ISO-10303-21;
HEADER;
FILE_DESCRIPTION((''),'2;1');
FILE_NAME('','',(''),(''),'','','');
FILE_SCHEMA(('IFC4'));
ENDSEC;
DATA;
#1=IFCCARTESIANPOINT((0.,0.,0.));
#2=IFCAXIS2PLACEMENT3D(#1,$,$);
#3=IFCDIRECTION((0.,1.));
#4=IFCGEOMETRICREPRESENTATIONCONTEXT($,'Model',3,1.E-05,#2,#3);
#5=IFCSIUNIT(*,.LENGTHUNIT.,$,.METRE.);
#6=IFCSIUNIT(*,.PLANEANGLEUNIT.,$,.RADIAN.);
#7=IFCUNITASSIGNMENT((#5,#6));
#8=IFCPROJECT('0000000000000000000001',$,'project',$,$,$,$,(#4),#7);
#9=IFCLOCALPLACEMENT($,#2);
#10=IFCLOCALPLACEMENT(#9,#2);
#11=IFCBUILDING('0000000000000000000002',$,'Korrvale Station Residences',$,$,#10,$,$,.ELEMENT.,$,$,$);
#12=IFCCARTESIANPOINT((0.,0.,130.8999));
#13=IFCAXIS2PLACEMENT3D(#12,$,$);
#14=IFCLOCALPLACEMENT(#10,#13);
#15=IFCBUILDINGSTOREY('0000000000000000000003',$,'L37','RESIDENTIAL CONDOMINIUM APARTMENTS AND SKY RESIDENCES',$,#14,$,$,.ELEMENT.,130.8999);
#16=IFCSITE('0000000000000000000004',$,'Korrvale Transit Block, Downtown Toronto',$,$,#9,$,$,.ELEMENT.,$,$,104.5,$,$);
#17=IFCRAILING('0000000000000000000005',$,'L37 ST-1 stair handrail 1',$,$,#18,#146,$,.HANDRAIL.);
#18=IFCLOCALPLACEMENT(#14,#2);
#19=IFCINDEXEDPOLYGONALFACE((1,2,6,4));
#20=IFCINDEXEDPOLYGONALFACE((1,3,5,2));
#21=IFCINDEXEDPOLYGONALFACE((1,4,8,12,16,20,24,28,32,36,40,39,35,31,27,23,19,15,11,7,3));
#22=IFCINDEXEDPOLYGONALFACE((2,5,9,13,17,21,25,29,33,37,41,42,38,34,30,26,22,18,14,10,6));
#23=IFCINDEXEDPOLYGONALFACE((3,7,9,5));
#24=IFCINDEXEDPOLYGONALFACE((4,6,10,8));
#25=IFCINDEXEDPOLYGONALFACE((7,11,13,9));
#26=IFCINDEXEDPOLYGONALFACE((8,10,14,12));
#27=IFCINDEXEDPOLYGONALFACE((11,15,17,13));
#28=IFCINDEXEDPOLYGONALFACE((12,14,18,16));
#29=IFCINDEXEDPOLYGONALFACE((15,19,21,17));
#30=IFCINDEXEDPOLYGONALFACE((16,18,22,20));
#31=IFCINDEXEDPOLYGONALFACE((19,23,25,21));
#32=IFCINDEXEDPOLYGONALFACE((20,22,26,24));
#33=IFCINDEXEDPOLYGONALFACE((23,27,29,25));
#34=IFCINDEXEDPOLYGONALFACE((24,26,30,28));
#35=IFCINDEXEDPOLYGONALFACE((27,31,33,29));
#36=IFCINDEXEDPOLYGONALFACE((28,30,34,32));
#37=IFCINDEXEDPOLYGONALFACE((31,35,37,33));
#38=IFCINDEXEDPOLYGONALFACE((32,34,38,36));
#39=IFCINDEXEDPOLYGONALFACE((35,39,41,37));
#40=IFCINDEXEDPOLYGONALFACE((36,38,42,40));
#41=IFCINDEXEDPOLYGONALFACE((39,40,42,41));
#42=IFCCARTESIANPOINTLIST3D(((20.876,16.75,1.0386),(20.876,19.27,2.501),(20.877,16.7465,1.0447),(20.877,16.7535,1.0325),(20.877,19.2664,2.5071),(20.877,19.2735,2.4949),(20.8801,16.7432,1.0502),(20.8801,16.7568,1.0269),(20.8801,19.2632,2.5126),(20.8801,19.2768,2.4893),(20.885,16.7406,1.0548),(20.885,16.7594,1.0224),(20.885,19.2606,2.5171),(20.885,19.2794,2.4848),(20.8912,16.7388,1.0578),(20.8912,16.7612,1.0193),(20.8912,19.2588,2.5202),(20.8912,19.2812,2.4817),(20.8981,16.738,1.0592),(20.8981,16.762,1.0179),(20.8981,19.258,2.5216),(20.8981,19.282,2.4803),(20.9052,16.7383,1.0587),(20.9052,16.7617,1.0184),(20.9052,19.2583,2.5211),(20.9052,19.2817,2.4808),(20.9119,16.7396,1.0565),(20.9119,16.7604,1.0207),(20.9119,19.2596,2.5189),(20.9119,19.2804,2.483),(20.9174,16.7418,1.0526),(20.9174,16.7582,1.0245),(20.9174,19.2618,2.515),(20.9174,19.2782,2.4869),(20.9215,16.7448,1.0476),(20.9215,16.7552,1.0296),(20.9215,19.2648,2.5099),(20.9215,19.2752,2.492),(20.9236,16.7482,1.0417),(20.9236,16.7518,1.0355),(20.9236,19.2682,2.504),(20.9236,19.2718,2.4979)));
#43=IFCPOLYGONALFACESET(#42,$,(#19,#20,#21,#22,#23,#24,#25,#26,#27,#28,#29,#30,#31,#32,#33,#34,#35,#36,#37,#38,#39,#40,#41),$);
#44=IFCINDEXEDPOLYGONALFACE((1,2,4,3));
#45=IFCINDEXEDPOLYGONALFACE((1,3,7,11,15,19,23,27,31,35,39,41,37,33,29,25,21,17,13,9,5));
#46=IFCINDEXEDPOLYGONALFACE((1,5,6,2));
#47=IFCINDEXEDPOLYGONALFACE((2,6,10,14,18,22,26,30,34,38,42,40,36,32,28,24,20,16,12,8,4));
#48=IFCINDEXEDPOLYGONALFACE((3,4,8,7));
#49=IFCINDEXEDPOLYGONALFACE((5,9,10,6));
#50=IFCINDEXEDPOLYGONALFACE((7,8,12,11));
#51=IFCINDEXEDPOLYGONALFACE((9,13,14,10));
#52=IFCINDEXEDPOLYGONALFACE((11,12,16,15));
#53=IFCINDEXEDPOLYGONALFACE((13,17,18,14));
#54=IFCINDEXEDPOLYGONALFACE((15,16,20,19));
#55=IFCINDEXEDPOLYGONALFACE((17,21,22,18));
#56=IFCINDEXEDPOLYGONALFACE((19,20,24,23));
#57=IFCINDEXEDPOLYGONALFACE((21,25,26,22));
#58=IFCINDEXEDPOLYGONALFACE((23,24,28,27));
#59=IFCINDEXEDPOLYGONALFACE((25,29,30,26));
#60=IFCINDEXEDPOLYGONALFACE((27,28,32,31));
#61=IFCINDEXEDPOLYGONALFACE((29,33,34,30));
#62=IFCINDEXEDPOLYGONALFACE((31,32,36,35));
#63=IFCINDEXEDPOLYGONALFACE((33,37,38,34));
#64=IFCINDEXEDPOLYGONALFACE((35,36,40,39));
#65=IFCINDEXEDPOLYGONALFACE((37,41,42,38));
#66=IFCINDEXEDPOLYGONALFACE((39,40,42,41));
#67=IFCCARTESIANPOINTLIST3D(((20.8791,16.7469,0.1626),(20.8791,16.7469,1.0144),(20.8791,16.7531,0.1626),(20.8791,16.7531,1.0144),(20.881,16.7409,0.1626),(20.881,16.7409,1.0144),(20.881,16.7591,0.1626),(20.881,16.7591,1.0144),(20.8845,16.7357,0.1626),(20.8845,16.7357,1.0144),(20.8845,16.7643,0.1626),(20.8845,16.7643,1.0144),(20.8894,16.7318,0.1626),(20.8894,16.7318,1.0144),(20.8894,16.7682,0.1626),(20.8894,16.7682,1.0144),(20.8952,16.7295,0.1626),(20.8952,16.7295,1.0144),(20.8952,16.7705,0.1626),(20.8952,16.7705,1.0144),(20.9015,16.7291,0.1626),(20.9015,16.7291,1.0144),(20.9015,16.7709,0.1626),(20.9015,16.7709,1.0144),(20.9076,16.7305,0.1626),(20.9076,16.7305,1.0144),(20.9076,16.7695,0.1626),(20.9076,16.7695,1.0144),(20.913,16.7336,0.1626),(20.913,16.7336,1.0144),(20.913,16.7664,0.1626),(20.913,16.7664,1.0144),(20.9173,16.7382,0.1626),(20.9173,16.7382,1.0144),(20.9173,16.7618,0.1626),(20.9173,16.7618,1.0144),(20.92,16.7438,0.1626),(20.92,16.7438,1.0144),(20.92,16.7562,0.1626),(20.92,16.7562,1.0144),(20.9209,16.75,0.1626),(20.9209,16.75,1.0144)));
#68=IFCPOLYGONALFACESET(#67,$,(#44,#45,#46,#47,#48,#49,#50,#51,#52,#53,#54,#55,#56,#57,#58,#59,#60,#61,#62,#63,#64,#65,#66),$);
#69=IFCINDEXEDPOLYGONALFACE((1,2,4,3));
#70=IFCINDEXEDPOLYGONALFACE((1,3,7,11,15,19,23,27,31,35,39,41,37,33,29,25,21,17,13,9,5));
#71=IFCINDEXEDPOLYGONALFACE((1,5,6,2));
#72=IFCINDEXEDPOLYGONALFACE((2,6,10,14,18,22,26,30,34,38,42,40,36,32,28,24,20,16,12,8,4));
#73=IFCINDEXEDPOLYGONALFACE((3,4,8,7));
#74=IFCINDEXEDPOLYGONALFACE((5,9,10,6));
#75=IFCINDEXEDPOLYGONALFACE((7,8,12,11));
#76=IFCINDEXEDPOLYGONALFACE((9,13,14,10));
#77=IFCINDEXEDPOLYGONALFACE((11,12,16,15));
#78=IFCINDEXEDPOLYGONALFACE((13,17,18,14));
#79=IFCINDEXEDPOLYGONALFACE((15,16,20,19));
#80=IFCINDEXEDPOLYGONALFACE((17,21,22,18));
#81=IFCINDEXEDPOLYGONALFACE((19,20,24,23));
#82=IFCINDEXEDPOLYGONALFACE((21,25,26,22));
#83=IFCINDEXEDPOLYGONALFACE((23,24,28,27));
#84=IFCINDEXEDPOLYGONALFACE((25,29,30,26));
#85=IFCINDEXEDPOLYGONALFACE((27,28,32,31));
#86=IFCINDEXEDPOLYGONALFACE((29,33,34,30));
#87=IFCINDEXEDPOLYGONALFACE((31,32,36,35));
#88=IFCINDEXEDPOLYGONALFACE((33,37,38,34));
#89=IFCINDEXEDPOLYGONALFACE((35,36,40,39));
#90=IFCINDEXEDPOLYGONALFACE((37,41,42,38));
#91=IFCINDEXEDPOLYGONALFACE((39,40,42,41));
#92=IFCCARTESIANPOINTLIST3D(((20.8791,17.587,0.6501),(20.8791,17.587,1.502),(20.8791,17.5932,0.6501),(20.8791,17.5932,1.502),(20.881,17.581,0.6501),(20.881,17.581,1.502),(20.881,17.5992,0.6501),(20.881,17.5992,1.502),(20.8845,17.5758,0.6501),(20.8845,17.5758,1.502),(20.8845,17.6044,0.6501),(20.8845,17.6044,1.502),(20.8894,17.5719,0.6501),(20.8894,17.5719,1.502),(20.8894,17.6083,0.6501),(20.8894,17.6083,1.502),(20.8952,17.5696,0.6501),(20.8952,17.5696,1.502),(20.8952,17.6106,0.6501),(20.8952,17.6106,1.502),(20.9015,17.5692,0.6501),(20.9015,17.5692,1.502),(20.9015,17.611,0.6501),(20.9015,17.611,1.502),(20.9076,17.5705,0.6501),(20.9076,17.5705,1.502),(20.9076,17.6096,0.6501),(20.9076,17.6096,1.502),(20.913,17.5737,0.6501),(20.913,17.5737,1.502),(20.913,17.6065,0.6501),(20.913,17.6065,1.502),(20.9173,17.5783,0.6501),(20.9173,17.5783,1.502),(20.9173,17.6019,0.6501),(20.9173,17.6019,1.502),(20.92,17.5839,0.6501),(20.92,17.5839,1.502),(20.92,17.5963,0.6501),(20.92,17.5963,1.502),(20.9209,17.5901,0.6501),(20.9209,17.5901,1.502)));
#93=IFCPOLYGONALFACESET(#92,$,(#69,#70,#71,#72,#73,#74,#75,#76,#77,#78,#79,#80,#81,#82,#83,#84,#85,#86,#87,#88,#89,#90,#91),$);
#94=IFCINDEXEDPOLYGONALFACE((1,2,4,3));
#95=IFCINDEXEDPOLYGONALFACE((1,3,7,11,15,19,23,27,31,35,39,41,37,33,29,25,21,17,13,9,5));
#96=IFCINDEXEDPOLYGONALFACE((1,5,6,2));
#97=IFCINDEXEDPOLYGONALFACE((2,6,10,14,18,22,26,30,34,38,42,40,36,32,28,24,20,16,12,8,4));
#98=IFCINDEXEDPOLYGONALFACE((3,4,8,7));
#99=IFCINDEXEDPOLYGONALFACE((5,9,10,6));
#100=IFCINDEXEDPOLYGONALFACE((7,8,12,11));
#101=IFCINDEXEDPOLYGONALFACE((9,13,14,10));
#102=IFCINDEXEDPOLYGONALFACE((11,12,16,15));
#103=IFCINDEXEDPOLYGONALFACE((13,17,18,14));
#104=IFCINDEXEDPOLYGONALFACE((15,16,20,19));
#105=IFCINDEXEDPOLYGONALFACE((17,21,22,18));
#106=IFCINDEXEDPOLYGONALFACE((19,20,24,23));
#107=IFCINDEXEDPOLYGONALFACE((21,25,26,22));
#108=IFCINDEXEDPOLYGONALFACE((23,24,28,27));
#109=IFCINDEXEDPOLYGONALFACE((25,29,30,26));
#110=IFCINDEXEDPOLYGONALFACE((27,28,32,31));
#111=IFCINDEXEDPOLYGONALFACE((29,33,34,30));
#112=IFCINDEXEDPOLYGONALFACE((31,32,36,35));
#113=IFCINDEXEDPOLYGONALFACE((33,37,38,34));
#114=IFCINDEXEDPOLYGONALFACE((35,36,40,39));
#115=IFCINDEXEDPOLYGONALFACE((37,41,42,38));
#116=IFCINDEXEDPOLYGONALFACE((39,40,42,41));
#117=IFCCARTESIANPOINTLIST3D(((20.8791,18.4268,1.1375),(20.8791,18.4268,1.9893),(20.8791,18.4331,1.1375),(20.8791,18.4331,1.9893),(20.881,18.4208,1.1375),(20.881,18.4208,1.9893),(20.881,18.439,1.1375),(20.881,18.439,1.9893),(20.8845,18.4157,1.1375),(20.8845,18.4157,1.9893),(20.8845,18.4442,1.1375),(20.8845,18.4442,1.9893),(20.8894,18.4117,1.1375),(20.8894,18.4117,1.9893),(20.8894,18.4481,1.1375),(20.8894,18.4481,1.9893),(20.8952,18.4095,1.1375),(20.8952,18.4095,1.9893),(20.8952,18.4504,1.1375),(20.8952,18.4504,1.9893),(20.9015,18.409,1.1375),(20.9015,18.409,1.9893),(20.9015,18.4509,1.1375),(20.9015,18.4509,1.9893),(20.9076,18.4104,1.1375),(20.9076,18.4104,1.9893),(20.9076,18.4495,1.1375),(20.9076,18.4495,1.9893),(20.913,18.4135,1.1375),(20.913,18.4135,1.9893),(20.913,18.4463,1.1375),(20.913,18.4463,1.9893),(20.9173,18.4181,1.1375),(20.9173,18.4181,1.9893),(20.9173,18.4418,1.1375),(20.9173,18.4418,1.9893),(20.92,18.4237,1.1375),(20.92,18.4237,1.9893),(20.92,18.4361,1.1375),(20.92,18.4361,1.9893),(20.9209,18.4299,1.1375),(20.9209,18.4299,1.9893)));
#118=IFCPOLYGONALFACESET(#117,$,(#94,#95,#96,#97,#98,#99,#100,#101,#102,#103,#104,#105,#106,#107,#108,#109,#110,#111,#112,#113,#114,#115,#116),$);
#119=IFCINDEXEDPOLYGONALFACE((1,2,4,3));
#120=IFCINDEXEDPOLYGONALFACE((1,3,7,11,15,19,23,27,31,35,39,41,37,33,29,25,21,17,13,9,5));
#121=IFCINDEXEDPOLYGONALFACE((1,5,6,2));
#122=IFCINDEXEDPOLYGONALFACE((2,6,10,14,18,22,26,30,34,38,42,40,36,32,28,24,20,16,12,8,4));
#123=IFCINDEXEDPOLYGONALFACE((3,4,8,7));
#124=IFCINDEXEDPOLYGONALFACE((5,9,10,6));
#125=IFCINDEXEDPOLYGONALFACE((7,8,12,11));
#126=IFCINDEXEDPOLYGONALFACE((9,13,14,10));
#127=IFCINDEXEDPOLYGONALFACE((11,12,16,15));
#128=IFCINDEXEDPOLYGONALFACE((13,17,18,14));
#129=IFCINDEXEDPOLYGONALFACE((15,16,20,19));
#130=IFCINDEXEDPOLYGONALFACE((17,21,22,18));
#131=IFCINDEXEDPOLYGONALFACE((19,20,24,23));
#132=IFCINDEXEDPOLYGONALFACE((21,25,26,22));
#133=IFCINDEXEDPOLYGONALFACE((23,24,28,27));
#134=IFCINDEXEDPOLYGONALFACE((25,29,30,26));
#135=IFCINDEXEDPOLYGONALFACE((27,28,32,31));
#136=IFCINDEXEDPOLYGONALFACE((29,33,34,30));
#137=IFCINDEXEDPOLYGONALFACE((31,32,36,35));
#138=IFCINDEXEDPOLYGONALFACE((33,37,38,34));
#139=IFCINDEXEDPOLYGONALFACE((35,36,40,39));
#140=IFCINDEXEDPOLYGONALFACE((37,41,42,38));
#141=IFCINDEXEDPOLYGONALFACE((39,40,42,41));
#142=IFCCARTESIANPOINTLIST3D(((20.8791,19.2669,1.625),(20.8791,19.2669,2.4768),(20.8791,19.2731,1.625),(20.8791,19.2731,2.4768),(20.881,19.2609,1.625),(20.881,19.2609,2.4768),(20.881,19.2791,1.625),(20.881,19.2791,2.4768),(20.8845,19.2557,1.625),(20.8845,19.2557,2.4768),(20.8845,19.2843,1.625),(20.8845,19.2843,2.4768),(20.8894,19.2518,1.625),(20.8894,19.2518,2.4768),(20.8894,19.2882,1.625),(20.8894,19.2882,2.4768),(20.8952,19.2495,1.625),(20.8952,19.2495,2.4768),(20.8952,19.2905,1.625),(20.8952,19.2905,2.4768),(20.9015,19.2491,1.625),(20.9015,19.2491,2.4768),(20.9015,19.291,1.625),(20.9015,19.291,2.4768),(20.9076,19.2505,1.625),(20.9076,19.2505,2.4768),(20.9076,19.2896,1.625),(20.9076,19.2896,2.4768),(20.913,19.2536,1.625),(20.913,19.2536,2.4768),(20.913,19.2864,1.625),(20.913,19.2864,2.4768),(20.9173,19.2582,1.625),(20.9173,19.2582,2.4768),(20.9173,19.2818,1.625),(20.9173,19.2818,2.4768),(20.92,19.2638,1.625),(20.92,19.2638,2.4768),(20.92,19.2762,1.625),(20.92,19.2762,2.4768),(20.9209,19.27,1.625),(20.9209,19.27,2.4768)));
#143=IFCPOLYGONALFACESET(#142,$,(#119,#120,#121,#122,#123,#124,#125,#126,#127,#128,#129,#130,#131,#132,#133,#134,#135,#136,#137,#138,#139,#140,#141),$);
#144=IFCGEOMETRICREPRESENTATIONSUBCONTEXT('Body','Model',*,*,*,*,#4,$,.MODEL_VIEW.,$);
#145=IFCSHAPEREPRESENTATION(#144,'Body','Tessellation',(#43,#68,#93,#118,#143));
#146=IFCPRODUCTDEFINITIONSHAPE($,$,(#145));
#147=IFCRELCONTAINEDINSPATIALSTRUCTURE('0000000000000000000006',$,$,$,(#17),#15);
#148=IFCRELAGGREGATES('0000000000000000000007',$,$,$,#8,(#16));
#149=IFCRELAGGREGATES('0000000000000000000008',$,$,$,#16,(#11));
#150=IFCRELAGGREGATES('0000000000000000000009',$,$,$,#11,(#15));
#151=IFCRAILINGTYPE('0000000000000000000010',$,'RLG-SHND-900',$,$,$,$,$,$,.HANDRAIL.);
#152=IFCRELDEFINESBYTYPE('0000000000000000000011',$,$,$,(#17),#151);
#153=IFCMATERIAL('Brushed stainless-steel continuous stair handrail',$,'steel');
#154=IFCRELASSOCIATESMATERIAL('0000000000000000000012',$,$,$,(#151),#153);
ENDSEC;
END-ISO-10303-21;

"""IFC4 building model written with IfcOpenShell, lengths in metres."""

from ifc_helpers import new_model, si_unit, direction, frame, origin, origin_2d, place, context, subcontext, project, spatial, circle, extrude, material, type_object, element, save


model = new_model("IFC4")

# Units and contexts
model_context = context("Model", 3, precision=1e-05, world=origin(), true_north=direction((0.0, 1.0)))
body_context = subcontext(model_context, "Body", "Model", "MODEL_VIEW")
ifc_project = project(units=[si_unit("LENGTHUNIT", "METRE"), si_unit("PLANEANGLEUNIT", "RADIAN")], contexts=[model_context])

# Site, building, storey
site_placement = place(None, origin())
site = spatial("IfcSite", under=ifc_project, at=site_placement, Name="Korrvale Transit Block, Downtown Toronto", CompositionType="ELEMENT", RefElevation=104.5)
building_placement = place(site_placement, origin())
building = spatial("IfcBuilding", under=site, at=building_placement, Name="Korrvale Station Residences", CompositionType="ELEMENT")
storey_placement = place(building_placement, frame((0.0, 0.0, 130.8999)))
storey = spatial("IfcBuildingStorey", under=building, at=storey_placement, Name="L37", Description="RESIDENTIAL CONDOMINIUM APARTMENTS AND SKY RESIDENCES", CompositionType="ELEMENT", Elevation=130.8999)

# Railing
ifc_material_1 = material(Name="Brushed stainless-steel continuous stair handrail", Category="steel")
railing_type_1 = type_object("IfcRailingType", Name="RLG-SHND-900", PredefinedType="HANDRAIL", material=ifc_material_1)
railing_1_placement = place(storey_placement, frame((20.8999, 16.75, 0.1626)))
element("IfcRailing", 1, at=railing_1_placement, inside=storey, type_object=railing_type_1, Name="L37 ST-1 stair handrail 1", PredefinedType="HANDRAIL", context=body_context, shape_type="SweptSolid", body=[
    extrude(circle(Radius=0.0239, at=origin_2d()), frame((0.0, 0.0, 0.876), z_axis=(0.0, 0.864913, 0.501921), x_axis=(-1.0, 0.0, 0.0)), (0.0, 0.0, 1.0), 2.9136),
    extrude(circle(Radius=0.021, at=origin_2d()), origin(), (0.0, 0.0, 1.0), 0.8518),
    extrude(circle(Radius=0.021, at=origin_2d()), frame((0.0, 0.8401, 0.4875)), (0.0, 0.0, 1.0), 0.8518),
    extrude(circle(Radius=0.021, at=origin_2d()), frame((0.0, 1.6799, 0.9749)), (0.0, 0.0, 1.0), 0.8518),
    extrude(circle(Radius=0.021, at=origin_2d()), frame((0.0, 2.52, 1.4624)), (0.0, 0.0, 1.0), 0.8518),
])

save(model, "model.ifc")
